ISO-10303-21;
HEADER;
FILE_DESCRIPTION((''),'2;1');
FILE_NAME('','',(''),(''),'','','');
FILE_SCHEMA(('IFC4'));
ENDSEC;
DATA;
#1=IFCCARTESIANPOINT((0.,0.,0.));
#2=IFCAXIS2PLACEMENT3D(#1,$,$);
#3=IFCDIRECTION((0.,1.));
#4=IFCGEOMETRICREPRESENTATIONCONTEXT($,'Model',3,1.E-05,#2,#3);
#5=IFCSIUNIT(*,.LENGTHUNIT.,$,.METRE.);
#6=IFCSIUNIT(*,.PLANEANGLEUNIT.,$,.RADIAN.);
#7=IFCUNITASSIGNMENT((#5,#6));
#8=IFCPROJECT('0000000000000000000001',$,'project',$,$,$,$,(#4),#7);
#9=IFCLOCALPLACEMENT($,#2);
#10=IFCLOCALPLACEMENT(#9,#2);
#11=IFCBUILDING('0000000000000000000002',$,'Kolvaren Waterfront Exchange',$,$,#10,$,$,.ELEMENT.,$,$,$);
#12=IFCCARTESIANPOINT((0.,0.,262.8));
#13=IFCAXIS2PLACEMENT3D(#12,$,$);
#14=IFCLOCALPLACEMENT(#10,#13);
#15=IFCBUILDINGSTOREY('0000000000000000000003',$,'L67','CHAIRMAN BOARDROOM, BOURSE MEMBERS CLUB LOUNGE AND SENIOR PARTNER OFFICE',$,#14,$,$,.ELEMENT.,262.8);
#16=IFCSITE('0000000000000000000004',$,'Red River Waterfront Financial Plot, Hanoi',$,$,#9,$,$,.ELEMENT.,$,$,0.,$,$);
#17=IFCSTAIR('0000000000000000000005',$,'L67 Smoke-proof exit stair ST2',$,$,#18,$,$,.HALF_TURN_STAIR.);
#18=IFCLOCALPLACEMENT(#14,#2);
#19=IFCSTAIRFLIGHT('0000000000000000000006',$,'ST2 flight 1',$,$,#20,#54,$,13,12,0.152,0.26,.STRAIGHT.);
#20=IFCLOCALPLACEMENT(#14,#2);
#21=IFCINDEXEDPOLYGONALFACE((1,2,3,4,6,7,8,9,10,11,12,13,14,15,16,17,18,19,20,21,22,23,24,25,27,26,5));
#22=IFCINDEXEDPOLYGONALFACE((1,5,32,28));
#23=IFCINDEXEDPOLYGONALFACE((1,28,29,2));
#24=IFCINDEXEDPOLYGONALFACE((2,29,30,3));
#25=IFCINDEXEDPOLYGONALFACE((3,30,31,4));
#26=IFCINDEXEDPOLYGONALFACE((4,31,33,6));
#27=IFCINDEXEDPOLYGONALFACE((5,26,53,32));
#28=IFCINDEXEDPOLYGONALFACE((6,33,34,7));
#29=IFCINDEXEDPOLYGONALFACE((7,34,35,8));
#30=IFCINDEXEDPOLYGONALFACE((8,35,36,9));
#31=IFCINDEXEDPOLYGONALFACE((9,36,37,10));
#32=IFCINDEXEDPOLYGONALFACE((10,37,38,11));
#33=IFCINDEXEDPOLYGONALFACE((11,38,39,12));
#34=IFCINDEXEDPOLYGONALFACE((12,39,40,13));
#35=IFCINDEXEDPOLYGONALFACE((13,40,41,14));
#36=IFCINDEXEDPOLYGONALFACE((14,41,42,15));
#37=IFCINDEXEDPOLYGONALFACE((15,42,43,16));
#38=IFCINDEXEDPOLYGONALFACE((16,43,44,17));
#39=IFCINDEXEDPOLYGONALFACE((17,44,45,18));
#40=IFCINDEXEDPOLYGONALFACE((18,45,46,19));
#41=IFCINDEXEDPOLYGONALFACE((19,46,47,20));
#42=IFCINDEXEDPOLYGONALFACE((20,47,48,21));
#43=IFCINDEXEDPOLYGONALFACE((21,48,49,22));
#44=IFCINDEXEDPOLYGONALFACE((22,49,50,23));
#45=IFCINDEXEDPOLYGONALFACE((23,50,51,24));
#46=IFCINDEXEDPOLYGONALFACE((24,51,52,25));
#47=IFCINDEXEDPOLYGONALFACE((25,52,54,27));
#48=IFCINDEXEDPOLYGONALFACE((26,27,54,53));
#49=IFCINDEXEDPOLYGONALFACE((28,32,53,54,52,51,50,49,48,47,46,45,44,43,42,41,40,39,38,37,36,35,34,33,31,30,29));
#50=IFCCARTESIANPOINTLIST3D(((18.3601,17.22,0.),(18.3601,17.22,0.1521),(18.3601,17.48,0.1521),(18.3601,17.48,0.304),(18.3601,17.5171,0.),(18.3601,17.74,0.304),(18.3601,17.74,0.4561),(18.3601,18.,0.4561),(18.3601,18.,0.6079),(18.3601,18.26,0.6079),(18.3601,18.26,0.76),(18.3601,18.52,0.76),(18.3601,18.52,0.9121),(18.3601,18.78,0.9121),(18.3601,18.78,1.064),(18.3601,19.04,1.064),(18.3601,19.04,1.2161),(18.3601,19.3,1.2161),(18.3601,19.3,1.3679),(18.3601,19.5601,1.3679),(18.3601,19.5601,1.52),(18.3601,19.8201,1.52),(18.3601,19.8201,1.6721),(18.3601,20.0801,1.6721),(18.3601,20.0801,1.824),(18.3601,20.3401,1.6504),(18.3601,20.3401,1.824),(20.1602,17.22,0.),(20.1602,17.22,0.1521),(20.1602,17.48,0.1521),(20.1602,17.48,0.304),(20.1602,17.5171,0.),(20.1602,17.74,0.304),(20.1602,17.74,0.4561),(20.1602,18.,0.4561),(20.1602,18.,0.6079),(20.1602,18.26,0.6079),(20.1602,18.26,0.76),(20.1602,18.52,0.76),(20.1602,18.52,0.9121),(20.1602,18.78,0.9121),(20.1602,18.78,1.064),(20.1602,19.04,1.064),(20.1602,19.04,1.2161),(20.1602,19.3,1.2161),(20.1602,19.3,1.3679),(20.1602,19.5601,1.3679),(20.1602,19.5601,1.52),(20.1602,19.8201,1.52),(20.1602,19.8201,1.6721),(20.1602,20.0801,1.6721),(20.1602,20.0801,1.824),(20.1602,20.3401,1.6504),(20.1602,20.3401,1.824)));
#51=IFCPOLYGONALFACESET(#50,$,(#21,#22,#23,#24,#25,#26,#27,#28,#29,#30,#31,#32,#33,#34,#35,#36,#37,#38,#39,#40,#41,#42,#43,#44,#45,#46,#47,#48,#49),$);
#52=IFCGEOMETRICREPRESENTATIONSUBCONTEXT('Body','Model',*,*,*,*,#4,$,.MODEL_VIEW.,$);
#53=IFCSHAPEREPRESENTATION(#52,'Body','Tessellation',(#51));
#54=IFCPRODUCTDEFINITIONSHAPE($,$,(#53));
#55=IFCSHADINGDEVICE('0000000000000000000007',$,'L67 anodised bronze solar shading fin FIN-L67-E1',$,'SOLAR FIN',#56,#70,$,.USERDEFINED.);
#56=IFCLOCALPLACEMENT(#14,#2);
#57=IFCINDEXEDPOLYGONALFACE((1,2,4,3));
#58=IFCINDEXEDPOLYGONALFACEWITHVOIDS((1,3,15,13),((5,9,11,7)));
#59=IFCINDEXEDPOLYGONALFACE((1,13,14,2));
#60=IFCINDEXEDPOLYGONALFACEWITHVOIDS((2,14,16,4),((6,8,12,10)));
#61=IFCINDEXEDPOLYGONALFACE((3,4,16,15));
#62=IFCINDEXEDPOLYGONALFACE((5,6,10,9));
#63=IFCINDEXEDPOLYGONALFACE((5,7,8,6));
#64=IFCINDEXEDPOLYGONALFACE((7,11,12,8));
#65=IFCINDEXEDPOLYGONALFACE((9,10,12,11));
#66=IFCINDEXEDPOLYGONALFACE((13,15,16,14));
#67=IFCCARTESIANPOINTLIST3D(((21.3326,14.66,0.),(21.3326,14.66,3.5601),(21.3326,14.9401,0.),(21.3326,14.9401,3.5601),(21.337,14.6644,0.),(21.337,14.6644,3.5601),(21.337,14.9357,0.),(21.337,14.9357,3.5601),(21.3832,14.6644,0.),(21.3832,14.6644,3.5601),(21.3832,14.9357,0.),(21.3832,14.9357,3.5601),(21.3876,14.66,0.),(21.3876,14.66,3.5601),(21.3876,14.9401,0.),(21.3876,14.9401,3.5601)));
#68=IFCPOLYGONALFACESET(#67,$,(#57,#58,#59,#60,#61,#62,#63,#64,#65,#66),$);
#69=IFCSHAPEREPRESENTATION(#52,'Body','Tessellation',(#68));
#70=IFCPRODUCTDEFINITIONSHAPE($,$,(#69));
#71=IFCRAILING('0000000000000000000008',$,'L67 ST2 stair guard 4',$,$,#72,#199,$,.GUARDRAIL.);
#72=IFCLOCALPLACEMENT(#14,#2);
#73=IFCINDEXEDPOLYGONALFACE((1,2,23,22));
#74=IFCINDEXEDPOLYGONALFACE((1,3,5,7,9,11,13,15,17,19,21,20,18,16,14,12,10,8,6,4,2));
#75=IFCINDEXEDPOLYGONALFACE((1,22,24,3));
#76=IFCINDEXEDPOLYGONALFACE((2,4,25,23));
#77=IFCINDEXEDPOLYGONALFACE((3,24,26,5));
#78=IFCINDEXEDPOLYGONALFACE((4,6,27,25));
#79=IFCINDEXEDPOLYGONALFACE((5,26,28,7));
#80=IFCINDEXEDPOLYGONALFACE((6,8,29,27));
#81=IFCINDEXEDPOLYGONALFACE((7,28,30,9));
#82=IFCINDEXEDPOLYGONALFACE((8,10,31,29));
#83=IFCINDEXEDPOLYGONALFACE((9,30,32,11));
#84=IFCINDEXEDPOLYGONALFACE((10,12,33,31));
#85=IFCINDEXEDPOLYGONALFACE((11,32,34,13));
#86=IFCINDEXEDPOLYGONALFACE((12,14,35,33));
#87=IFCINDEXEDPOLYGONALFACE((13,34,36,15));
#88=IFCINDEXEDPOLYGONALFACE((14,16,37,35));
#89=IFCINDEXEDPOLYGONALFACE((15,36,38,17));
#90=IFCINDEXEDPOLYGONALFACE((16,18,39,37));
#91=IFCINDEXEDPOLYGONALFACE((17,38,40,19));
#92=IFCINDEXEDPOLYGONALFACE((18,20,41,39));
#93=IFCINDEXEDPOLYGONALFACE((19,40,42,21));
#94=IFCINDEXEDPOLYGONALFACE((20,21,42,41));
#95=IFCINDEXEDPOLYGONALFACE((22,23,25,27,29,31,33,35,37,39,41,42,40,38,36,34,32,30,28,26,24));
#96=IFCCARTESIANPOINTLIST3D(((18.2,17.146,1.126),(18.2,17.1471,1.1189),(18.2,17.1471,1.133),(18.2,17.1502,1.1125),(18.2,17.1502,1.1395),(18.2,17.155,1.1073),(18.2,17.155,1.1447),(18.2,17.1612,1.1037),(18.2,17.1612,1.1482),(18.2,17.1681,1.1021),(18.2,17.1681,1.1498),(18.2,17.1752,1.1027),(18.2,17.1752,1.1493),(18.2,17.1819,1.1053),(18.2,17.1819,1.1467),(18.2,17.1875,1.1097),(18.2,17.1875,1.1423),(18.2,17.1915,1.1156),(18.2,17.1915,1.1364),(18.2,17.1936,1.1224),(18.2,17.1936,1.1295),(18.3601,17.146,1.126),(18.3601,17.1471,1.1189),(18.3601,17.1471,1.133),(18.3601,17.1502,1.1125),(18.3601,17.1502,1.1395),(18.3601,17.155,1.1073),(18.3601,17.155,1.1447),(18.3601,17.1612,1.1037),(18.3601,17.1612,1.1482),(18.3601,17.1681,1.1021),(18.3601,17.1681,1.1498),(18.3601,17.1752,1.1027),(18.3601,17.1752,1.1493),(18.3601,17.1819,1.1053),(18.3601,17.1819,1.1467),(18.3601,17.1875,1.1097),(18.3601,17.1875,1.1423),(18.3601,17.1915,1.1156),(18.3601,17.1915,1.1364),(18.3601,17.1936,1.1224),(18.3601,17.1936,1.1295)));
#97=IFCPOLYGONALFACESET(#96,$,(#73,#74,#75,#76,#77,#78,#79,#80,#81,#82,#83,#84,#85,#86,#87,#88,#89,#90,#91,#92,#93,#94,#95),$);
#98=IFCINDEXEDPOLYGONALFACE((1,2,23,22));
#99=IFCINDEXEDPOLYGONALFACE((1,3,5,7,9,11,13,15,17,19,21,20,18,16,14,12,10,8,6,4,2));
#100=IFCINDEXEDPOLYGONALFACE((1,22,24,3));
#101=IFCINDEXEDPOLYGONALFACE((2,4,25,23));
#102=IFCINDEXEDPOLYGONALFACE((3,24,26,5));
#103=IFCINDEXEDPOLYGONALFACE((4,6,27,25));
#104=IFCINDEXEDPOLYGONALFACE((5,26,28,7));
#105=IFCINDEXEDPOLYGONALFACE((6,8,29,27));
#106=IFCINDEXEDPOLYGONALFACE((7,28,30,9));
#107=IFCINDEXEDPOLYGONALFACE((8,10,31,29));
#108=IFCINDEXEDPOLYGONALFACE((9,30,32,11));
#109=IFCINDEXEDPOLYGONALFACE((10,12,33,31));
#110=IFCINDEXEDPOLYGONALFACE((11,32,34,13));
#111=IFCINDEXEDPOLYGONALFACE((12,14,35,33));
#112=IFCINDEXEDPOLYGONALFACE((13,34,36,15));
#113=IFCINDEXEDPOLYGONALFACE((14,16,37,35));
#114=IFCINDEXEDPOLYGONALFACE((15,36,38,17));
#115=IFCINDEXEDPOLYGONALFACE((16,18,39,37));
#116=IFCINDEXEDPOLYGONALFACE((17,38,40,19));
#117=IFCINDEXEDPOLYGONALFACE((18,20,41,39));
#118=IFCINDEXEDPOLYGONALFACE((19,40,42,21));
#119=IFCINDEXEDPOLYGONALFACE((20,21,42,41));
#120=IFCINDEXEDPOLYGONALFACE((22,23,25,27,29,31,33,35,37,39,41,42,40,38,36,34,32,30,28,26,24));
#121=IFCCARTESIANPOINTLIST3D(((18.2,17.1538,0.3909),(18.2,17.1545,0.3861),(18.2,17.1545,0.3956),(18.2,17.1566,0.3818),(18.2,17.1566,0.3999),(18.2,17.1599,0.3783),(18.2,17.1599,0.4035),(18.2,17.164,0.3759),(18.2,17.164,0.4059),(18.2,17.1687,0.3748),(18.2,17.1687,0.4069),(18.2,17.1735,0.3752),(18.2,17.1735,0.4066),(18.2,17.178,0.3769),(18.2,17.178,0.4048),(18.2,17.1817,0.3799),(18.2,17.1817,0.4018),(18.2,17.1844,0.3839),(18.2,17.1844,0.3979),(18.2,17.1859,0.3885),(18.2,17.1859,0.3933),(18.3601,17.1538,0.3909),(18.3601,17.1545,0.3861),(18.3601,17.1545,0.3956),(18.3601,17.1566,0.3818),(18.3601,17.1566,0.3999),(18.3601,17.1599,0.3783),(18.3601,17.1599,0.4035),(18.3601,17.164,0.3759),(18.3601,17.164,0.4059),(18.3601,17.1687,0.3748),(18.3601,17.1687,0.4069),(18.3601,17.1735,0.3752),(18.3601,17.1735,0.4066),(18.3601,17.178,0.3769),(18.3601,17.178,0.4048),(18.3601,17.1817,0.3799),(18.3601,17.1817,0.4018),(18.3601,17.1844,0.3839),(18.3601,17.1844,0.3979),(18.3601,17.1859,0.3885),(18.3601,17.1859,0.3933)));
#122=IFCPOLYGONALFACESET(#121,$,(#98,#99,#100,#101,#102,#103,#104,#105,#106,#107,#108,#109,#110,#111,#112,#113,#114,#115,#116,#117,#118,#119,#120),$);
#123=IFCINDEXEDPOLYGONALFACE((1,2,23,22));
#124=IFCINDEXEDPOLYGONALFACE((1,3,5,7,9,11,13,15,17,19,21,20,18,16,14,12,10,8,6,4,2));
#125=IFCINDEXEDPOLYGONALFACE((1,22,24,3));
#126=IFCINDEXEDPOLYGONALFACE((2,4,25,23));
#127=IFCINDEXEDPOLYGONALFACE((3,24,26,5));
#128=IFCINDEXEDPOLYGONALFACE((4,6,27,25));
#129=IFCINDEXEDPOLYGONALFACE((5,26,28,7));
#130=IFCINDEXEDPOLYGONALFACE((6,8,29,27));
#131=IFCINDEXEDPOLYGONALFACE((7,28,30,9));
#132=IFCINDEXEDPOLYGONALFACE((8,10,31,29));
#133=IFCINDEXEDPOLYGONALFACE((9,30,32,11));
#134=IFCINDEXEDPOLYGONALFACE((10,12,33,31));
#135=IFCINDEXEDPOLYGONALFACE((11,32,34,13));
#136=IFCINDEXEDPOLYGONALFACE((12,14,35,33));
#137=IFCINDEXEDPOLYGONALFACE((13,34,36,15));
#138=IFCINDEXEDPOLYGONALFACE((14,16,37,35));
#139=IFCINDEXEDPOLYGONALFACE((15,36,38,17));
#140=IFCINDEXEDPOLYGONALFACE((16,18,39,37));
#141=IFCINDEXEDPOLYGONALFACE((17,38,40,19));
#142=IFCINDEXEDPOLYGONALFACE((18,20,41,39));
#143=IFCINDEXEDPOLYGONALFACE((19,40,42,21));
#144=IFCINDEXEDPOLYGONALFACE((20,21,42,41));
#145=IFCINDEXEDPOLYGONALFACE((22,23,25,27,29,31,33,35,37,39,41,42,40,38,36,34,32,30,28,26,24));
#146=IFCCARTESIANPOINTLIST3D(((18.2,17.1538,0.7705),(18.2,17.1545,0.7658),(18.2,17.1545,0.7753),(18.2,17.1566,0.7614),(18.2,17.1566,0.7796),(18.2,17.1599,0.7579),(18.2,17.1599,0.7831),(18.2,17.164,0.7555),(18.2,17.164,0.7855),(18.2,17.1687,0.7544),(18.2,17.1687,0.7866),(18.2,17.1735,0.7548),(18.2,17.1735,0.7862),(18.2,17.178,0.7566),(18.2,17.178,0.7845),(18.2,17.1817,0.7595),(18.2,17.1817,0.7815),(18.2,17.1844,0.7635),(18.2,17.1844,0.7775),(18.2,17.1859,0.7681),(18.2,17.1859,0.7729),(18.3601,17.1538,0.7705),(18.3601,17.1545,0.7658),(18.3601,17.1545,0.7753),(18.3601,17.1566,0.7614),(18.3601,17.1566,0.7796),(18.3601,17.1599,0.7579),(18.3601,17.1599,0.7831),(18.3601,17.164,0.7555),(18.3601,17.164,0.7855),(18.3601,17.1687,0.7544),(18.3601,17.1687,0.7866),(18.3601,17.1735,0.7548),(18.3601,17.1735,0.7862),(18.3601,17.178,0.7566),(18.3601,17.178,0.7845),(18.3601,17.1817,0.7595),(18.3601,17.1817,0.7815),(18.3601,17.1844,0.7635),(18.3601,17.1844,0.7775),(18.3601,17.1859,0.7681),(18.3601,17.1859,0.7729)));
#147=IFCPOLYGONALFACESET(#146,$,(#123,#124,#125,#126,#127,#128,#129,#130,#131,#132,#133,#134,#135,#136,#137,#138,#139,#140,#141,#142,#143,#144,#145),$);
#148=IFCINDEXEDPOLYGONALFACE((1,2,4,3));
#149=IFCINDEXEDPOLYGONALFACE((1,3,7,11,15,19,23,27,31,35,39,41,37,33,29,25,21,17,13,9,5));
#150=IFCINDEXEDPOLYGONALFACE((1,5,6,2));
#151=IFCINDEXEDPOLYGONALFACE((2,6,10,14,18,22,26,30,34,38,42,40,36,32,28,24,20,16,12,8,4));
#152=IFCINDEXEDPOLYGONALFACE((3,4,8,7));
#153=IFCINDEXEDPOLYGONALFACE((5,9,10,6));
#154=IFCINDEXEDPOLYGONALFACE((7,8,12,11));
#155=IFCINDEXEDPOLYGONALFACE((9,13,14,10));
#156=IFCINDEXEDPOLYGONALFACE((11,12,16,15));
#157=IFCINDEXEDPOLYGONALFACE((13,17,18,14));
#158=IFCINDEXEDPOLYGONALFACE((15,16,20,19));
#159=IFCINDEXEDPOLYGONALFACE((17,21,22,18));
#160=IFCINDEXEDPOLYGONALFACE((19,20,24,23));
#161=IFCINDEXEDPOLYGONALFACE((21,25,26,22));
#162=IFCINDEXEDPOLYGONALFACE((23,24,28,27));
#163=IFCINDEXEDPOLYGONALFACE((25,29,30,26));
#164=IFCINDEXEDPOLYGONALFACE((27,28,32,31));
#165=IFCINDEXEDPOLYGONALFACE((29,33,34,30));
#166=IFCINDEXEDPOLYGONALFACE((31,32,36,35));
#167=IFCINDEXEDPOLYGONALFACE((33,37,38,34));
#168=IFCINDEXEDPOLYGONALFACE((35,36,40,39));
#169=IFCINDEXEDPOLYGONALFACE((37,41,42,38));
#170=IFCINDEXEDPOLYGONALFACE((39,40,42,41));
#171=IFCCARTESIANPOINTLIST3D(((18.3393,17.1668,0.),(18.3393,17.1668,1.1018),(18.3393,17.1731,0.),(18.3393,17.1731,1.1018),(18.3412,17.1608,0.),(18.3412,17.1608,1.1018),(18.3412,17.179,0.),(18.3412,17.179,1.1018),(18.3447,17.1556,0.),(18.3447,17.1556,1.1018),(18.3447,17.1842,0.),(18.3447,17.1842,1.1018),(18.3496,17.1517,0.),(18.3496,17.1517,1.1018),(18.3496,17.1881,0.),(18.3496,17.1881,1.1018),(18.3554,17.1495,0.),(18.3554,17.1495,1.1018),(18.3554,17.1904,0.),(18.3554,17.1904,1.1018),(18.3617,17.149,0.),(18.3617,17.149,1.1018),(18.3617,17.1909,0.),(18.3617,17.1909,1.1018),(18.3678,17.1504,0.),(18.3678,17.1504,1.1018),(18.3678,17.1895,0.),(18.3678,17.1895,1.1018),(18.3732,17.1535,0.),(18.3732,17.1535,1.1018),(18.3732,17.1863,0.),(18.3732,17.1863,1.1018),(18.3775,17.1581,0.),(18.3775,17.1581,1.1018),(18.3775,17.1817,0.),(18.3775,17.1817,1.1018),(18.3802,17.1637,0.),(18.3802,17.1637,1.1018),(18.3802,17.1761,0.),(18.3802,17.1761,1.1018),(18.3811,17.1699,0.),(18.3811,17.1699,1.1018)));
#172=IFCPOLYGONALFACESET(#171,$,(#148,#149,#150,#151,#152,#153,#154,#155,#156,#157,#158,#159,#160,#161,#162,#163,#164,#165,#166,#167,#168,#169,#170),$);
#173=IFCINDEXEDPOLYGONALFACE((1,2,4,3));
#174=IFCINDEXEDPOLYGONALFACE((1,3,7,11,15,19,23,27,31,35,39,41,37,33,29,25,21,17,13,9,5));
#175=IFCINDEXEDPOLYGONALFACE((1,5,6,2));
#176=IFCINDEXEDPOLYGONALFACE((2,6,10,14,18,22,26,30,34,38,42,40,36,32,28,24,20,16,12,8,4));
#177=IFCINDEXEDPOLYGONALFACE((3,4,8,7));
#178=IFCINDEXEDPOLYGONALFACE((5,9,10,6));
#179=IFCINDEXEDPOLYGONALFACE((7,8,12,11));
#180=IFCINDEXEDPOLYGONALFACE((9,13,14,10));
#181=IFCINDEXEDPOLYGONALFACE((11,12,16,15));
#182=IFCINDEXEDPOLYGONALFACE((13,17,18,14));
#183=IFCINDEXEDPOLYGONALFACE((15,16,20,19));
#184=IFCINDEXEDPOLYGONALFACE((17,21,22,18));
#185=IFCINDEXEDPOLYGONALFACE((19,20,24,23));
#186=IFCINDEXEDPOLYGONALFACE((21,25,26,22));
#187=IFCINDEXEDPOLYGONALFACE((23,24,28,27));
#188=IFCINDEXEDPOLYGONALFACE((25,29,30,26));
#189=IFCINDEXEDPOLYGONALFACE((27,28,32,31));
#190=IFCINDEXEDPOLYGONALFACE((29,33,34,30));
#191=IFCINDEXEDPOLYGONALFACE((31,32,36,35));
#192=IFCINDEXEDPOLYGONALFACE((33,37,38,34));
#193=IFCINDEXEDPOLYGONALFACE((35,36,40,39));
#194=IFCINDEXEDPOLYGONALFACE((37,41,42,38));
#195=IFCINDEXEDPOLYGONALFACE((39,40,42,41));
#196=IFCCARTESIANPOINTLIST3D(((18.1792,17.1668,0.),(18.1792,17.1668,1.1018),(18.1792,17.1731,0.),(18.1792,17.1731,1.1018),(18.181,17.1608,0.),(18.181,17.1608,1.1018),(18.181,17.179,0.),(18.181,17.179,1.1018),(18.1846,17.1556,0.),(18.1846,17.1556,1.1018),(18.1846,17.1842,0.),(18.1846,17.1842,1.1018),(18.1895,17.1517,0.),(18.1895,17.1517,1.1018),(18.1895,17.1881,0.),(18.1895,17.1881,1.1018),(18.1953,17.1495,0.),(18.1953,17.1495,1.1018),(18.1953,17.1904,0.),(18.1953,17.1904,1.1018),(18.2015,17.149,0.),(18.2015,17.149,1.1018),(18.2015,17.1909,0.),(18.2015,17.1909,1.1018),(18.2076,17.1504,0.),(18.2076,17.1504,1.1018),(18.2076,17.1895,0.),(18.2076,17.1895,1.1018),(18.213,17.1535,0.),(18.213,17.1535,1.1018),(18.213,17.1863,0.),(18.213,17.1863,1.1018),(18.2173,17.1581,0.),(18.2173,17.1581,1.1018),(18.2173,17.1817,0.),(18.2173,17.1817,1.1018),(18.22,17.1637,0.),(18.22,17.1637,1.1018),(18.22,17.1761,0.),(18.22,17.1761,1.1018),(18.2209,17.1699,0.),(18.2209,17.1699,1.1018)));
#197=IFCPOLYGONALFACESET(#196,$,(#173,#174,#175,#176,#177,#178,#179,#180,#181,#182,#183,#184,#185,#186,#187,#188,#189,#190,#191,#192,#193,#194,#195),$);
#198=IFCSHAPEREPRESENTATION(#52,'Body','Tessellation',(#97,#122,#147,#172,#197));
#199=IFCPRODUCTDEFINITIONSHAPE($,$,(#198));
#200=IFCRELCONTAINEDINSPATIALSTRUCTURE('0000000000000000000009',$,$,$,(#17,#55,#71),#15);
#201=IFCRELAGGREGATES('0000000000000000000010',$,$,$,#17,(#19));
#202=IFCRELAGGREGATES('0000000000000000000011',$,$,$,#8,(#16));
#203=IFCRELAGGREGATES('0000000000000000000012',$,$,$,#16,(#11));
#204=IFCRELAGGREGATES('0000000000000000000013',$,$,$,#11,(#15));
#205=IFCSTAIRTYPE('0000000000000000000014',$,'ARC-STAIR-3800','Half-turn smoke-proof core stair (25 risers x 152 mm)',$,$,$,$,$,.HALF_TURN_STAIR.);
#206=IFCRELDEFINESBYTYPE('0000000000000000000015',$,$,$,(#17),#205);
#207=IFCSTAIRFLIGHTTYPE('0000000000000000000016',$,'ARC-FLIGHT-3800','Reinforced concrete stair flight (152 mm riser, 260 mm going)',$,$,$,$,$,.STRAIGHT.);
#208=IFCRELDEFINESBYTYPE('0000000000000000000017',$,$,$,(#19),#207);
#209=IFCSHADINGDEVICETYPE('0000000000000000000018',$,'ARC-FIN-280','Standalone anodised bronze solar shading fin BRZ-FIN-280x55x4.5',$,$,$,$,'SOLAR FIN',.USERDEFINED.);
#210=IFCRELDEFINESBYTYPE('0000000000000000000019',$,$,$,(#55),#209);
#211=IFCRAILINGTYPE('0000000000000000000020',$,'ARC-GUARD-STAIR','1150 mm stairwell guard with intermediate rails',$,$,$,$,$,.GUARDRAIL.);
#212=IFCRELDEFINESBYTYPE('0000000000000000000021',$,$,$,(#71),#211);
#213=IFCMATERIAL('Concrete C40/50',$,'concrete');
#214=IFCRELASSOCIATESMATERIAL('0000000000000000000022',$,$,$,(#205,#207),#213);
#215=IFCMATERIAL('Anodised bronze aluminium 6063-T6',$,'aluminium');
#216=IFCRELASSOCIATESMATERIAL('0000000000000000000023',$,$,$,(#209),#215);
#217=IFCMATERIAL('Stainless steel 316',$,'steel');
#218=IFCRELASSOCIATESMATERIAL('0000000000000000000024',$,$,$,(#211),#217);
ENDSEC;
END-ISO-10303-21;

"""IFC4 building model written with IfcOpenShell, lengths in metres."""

from ifc_helpers import new_model, si_unit, direction, frame, origin, origin_2d, place, context, subcontext, project, spatial, polyline, hollow_rectangle, circle, outline, extrude, material, material_profile, profile_set, type_object, element, aggregate, save


model = new_model("IFC4")

# Units and contexts
model_context = context("Model", 3, precision=1e-05, world=origin(), true_north=direction((0.0, 1.0)))
body_context = subcontext(model_context, "Body", "Model", "MODEL_VIEW")
ifc_project = project(units=[si_unit("LENGTHUNIT", "METRE"), si_unit("PLANEANGLEUNIT", "RADIAN")], contexts=[model_context])

# Site, building, storey
site_placement = place(None, origin())
site = spatial("IfcSite", under=ifc_project, at=site_placement, Name="Red River Waterfront Financial Plot, Hanoi", CompositionType="ELEMENT", RefElevation=0.0)
building_placement = place(site_placement, origin())
building = spatial("IfcBuilding", under=site, at=building_placement, Name="Kolvaren Waterfront Exchange", CompositionType="ELEMENT")
storey_placement = place(building_placement, frame((0.0, 0.0, 262.8)))
storey = spatial("IfcBuildingStorey", under=building, at=storey_placement, Name="L67", Description="CHAIRMAN BOARDROOM, BOURSE MEMBERS CLUB LOUNGE AND SENIOR PARTNER OFFICE", CompositionType="ELEMENT", Elevation=262.8)

# Shared definitions
ifc_material_1 = material(Name="Concrete C40/50", Category="concrete")

# Stair, stair flight
stair_type = type_object("IfcStairType", Name="ARC-STAIR-3800", Description="Half-turn smoke-proof core stair (25 risers x 152 mm)", PredefinedType="HALF_TURN_STAIR", material=ifc_material_1)
stair_placement = place(storey_placement, origin())
stair = element("IfcStair", 1, at=stair_placement, inside=storey, type_object=stair_type, Name="L67 Smoke-proof exit stair ST2", PredefinedType="HALF_TURN_STAIR")
stair_flight_type = type_object("IfcStairFlightType", Name="ARC-FLIGHT-3800", Description="Reinforced concrete stair flight (152 mm riser, 260 mm going)", PredefinedType="STRAIGHT", material=ifc_material_1)
stair_flight_placement = place(storey_placement, frame((19.26, 17.22, 0.0), z_axis=(0.0, 0.0, 1.0), x_axis=(0.0, 1.0, 0.0)))
stair_flight = element("IfcStairFlight", 2, at=stair_flight_placement, type_object=stair_flight_type, Name="ST2 flight 1", NumberOfRisers=13, NumberOfTreads=12, PredefinedType="STRAIGHT", RiserHeight=0.152, TreadLength=0.26, context=body_context, shape_type="SweptSolid", body=[
    extrude(outline(polyline([(0.0, 0.0), (0.0, 0.1521), (0.26, 0.1521), (0.26, 0.304), (0.52, 0.304), (0.52, 0.4561), (0.78, 0.4561), (0.78, 0.6079), (1.04, 0.6079), (1.04, 0.76), (1.3, 0.76), (1.3, 0.9121), (1.5601, 0.9121), (1.5601, 1.064), (1.8201, 1.064), (1.8201, 1.2161), (2.0801, 1.2161), (2.0801, 1.3679), (2.3401, 1.3679), (2.3401, 1.52), (2.6001, 1.52), (2.6001, 1.6721), (2.8601, 1.6721), (2.8601, 1.824), (3.1201, 1.824), (3.1201, 1.9761), (3.1201, 1.6504), (0.2971, 0.0), (0.0, 0.0)])), frame((0.0, 0.8999, 0.0), z_axis=(0.0, -1.0, 0.0), x_axis=(1.0, 0.0, 0.0)), (0.0, 0.0, 1.0), 1.8),
])
aggregate(stair, [stair_flight])

# Shading device
ifc_material_2 = material(Name="Anodised bronze aluminium 6063-T6", Category="aluminium")
ifc_material_profile_1 = material_profile(ifc_material_2, hollow_rectangle(XDim=0.0549, YDim=0.28, WallThickness=0.0044, at=origin_2d()), Name="BRZ-FIN-280x55x4.5")
ifc_profile_set_1 = profile_set([ifc_material_profile_1], Name="Anodised bronze aluminium 6063-T6")
shading_device_type = type_object("IfcShadingDeviceType", Name="ARC-FIN-280", Description="Standalone anodised bronze solar shading fin BRZ-FIN-280x55x4.5", ElementType="SOLAR FIN", PredefinedType="USERDEFINED", material=ifc_profile_set_1)
shading_device_placement = place(storey_placement, frame((21.3601, 14.8, 0.0), z_axis=(0.0, 0.0, 1.0), x_axis=(1.0, 0.0, 0.0)))
element("IfcShadingDevice", 3, at=shading_device_placement, inside=storey, type_object=shading_device_type, Name="L67 anodised bronze solar shading fin FIN-L67-E1", ObjectType="SOLAR FIN", PredefinedType="USERDEFINED", context=body_context, shape_type="SweptSolid", body=[
    extrude(hollow_rectangle(XDim=0.0549, YDim=0.28, WallThickness=0.0044, at=origin_2d()), origin(), (0.0, 0.0, 1.0), 3.5601),
])

# Railing
ifc_material_3 = material(Name="Stainless steel 316", Category="steel")
railing_type_1 = type_object("IfcRailingType", Name="ARC-GUARD-STAIR", Description="1150 mm stairwell guard with intermediate rails", PredefinedType="GUARDRAIL", material=ifc_material_3)
railing_1_placement = place(storey_placement, frame((18.3601, 17.1699, 0.0)))
element("IfcRailing", 4, at=railing_1_placement, inside=storey, type_object=railing_type_1, Name="L67 ST2 stair guard 4", PredefinedType="GUARDRAIL", context=body_context, shape_type="SweptSolid", body=[
    extrude(circle(Radius=0.0239, at=origin_2d()), frame((0.0, 0.0, 1.126), z_axis=(-1.0, 0.0, 0.0), x_axis=(0.0, -1.0, 0.0)), (0.0, 0.0, 1.0), 0.1602),
    extrude(circle(Radius=0.0161, at=origin_2d()), frame((0.0, 0.0, 0.3909), z_axis=(-1.0, 0.0, 0.0), x_axis=(0.0, -1.0, 0.0)), (0.0, 0.0, 1.0), 0.1602),
    extrude(circle(Radius=0.0161, at=origin_2d()), frame((0.0, 0.0, 0.7705), z_axis=(-1.0, 0.0, 0.0), x_axis=(0.0, -1.0, 0.0)), (0.0, 0.0, 1.0), 0.1602),
    extrude(circle(Radius=0.021, at=origin_2d()), origin(), (0.0, 0.0, 1.0), 1.1018),
    extrude(circle(Radius=0.021, at=origin_2d()), frame((-0.1602, 0.0, 0.0)), (0.0, 0.0, 1.0), 1.1018),
])

save(model, "model.ifc")
